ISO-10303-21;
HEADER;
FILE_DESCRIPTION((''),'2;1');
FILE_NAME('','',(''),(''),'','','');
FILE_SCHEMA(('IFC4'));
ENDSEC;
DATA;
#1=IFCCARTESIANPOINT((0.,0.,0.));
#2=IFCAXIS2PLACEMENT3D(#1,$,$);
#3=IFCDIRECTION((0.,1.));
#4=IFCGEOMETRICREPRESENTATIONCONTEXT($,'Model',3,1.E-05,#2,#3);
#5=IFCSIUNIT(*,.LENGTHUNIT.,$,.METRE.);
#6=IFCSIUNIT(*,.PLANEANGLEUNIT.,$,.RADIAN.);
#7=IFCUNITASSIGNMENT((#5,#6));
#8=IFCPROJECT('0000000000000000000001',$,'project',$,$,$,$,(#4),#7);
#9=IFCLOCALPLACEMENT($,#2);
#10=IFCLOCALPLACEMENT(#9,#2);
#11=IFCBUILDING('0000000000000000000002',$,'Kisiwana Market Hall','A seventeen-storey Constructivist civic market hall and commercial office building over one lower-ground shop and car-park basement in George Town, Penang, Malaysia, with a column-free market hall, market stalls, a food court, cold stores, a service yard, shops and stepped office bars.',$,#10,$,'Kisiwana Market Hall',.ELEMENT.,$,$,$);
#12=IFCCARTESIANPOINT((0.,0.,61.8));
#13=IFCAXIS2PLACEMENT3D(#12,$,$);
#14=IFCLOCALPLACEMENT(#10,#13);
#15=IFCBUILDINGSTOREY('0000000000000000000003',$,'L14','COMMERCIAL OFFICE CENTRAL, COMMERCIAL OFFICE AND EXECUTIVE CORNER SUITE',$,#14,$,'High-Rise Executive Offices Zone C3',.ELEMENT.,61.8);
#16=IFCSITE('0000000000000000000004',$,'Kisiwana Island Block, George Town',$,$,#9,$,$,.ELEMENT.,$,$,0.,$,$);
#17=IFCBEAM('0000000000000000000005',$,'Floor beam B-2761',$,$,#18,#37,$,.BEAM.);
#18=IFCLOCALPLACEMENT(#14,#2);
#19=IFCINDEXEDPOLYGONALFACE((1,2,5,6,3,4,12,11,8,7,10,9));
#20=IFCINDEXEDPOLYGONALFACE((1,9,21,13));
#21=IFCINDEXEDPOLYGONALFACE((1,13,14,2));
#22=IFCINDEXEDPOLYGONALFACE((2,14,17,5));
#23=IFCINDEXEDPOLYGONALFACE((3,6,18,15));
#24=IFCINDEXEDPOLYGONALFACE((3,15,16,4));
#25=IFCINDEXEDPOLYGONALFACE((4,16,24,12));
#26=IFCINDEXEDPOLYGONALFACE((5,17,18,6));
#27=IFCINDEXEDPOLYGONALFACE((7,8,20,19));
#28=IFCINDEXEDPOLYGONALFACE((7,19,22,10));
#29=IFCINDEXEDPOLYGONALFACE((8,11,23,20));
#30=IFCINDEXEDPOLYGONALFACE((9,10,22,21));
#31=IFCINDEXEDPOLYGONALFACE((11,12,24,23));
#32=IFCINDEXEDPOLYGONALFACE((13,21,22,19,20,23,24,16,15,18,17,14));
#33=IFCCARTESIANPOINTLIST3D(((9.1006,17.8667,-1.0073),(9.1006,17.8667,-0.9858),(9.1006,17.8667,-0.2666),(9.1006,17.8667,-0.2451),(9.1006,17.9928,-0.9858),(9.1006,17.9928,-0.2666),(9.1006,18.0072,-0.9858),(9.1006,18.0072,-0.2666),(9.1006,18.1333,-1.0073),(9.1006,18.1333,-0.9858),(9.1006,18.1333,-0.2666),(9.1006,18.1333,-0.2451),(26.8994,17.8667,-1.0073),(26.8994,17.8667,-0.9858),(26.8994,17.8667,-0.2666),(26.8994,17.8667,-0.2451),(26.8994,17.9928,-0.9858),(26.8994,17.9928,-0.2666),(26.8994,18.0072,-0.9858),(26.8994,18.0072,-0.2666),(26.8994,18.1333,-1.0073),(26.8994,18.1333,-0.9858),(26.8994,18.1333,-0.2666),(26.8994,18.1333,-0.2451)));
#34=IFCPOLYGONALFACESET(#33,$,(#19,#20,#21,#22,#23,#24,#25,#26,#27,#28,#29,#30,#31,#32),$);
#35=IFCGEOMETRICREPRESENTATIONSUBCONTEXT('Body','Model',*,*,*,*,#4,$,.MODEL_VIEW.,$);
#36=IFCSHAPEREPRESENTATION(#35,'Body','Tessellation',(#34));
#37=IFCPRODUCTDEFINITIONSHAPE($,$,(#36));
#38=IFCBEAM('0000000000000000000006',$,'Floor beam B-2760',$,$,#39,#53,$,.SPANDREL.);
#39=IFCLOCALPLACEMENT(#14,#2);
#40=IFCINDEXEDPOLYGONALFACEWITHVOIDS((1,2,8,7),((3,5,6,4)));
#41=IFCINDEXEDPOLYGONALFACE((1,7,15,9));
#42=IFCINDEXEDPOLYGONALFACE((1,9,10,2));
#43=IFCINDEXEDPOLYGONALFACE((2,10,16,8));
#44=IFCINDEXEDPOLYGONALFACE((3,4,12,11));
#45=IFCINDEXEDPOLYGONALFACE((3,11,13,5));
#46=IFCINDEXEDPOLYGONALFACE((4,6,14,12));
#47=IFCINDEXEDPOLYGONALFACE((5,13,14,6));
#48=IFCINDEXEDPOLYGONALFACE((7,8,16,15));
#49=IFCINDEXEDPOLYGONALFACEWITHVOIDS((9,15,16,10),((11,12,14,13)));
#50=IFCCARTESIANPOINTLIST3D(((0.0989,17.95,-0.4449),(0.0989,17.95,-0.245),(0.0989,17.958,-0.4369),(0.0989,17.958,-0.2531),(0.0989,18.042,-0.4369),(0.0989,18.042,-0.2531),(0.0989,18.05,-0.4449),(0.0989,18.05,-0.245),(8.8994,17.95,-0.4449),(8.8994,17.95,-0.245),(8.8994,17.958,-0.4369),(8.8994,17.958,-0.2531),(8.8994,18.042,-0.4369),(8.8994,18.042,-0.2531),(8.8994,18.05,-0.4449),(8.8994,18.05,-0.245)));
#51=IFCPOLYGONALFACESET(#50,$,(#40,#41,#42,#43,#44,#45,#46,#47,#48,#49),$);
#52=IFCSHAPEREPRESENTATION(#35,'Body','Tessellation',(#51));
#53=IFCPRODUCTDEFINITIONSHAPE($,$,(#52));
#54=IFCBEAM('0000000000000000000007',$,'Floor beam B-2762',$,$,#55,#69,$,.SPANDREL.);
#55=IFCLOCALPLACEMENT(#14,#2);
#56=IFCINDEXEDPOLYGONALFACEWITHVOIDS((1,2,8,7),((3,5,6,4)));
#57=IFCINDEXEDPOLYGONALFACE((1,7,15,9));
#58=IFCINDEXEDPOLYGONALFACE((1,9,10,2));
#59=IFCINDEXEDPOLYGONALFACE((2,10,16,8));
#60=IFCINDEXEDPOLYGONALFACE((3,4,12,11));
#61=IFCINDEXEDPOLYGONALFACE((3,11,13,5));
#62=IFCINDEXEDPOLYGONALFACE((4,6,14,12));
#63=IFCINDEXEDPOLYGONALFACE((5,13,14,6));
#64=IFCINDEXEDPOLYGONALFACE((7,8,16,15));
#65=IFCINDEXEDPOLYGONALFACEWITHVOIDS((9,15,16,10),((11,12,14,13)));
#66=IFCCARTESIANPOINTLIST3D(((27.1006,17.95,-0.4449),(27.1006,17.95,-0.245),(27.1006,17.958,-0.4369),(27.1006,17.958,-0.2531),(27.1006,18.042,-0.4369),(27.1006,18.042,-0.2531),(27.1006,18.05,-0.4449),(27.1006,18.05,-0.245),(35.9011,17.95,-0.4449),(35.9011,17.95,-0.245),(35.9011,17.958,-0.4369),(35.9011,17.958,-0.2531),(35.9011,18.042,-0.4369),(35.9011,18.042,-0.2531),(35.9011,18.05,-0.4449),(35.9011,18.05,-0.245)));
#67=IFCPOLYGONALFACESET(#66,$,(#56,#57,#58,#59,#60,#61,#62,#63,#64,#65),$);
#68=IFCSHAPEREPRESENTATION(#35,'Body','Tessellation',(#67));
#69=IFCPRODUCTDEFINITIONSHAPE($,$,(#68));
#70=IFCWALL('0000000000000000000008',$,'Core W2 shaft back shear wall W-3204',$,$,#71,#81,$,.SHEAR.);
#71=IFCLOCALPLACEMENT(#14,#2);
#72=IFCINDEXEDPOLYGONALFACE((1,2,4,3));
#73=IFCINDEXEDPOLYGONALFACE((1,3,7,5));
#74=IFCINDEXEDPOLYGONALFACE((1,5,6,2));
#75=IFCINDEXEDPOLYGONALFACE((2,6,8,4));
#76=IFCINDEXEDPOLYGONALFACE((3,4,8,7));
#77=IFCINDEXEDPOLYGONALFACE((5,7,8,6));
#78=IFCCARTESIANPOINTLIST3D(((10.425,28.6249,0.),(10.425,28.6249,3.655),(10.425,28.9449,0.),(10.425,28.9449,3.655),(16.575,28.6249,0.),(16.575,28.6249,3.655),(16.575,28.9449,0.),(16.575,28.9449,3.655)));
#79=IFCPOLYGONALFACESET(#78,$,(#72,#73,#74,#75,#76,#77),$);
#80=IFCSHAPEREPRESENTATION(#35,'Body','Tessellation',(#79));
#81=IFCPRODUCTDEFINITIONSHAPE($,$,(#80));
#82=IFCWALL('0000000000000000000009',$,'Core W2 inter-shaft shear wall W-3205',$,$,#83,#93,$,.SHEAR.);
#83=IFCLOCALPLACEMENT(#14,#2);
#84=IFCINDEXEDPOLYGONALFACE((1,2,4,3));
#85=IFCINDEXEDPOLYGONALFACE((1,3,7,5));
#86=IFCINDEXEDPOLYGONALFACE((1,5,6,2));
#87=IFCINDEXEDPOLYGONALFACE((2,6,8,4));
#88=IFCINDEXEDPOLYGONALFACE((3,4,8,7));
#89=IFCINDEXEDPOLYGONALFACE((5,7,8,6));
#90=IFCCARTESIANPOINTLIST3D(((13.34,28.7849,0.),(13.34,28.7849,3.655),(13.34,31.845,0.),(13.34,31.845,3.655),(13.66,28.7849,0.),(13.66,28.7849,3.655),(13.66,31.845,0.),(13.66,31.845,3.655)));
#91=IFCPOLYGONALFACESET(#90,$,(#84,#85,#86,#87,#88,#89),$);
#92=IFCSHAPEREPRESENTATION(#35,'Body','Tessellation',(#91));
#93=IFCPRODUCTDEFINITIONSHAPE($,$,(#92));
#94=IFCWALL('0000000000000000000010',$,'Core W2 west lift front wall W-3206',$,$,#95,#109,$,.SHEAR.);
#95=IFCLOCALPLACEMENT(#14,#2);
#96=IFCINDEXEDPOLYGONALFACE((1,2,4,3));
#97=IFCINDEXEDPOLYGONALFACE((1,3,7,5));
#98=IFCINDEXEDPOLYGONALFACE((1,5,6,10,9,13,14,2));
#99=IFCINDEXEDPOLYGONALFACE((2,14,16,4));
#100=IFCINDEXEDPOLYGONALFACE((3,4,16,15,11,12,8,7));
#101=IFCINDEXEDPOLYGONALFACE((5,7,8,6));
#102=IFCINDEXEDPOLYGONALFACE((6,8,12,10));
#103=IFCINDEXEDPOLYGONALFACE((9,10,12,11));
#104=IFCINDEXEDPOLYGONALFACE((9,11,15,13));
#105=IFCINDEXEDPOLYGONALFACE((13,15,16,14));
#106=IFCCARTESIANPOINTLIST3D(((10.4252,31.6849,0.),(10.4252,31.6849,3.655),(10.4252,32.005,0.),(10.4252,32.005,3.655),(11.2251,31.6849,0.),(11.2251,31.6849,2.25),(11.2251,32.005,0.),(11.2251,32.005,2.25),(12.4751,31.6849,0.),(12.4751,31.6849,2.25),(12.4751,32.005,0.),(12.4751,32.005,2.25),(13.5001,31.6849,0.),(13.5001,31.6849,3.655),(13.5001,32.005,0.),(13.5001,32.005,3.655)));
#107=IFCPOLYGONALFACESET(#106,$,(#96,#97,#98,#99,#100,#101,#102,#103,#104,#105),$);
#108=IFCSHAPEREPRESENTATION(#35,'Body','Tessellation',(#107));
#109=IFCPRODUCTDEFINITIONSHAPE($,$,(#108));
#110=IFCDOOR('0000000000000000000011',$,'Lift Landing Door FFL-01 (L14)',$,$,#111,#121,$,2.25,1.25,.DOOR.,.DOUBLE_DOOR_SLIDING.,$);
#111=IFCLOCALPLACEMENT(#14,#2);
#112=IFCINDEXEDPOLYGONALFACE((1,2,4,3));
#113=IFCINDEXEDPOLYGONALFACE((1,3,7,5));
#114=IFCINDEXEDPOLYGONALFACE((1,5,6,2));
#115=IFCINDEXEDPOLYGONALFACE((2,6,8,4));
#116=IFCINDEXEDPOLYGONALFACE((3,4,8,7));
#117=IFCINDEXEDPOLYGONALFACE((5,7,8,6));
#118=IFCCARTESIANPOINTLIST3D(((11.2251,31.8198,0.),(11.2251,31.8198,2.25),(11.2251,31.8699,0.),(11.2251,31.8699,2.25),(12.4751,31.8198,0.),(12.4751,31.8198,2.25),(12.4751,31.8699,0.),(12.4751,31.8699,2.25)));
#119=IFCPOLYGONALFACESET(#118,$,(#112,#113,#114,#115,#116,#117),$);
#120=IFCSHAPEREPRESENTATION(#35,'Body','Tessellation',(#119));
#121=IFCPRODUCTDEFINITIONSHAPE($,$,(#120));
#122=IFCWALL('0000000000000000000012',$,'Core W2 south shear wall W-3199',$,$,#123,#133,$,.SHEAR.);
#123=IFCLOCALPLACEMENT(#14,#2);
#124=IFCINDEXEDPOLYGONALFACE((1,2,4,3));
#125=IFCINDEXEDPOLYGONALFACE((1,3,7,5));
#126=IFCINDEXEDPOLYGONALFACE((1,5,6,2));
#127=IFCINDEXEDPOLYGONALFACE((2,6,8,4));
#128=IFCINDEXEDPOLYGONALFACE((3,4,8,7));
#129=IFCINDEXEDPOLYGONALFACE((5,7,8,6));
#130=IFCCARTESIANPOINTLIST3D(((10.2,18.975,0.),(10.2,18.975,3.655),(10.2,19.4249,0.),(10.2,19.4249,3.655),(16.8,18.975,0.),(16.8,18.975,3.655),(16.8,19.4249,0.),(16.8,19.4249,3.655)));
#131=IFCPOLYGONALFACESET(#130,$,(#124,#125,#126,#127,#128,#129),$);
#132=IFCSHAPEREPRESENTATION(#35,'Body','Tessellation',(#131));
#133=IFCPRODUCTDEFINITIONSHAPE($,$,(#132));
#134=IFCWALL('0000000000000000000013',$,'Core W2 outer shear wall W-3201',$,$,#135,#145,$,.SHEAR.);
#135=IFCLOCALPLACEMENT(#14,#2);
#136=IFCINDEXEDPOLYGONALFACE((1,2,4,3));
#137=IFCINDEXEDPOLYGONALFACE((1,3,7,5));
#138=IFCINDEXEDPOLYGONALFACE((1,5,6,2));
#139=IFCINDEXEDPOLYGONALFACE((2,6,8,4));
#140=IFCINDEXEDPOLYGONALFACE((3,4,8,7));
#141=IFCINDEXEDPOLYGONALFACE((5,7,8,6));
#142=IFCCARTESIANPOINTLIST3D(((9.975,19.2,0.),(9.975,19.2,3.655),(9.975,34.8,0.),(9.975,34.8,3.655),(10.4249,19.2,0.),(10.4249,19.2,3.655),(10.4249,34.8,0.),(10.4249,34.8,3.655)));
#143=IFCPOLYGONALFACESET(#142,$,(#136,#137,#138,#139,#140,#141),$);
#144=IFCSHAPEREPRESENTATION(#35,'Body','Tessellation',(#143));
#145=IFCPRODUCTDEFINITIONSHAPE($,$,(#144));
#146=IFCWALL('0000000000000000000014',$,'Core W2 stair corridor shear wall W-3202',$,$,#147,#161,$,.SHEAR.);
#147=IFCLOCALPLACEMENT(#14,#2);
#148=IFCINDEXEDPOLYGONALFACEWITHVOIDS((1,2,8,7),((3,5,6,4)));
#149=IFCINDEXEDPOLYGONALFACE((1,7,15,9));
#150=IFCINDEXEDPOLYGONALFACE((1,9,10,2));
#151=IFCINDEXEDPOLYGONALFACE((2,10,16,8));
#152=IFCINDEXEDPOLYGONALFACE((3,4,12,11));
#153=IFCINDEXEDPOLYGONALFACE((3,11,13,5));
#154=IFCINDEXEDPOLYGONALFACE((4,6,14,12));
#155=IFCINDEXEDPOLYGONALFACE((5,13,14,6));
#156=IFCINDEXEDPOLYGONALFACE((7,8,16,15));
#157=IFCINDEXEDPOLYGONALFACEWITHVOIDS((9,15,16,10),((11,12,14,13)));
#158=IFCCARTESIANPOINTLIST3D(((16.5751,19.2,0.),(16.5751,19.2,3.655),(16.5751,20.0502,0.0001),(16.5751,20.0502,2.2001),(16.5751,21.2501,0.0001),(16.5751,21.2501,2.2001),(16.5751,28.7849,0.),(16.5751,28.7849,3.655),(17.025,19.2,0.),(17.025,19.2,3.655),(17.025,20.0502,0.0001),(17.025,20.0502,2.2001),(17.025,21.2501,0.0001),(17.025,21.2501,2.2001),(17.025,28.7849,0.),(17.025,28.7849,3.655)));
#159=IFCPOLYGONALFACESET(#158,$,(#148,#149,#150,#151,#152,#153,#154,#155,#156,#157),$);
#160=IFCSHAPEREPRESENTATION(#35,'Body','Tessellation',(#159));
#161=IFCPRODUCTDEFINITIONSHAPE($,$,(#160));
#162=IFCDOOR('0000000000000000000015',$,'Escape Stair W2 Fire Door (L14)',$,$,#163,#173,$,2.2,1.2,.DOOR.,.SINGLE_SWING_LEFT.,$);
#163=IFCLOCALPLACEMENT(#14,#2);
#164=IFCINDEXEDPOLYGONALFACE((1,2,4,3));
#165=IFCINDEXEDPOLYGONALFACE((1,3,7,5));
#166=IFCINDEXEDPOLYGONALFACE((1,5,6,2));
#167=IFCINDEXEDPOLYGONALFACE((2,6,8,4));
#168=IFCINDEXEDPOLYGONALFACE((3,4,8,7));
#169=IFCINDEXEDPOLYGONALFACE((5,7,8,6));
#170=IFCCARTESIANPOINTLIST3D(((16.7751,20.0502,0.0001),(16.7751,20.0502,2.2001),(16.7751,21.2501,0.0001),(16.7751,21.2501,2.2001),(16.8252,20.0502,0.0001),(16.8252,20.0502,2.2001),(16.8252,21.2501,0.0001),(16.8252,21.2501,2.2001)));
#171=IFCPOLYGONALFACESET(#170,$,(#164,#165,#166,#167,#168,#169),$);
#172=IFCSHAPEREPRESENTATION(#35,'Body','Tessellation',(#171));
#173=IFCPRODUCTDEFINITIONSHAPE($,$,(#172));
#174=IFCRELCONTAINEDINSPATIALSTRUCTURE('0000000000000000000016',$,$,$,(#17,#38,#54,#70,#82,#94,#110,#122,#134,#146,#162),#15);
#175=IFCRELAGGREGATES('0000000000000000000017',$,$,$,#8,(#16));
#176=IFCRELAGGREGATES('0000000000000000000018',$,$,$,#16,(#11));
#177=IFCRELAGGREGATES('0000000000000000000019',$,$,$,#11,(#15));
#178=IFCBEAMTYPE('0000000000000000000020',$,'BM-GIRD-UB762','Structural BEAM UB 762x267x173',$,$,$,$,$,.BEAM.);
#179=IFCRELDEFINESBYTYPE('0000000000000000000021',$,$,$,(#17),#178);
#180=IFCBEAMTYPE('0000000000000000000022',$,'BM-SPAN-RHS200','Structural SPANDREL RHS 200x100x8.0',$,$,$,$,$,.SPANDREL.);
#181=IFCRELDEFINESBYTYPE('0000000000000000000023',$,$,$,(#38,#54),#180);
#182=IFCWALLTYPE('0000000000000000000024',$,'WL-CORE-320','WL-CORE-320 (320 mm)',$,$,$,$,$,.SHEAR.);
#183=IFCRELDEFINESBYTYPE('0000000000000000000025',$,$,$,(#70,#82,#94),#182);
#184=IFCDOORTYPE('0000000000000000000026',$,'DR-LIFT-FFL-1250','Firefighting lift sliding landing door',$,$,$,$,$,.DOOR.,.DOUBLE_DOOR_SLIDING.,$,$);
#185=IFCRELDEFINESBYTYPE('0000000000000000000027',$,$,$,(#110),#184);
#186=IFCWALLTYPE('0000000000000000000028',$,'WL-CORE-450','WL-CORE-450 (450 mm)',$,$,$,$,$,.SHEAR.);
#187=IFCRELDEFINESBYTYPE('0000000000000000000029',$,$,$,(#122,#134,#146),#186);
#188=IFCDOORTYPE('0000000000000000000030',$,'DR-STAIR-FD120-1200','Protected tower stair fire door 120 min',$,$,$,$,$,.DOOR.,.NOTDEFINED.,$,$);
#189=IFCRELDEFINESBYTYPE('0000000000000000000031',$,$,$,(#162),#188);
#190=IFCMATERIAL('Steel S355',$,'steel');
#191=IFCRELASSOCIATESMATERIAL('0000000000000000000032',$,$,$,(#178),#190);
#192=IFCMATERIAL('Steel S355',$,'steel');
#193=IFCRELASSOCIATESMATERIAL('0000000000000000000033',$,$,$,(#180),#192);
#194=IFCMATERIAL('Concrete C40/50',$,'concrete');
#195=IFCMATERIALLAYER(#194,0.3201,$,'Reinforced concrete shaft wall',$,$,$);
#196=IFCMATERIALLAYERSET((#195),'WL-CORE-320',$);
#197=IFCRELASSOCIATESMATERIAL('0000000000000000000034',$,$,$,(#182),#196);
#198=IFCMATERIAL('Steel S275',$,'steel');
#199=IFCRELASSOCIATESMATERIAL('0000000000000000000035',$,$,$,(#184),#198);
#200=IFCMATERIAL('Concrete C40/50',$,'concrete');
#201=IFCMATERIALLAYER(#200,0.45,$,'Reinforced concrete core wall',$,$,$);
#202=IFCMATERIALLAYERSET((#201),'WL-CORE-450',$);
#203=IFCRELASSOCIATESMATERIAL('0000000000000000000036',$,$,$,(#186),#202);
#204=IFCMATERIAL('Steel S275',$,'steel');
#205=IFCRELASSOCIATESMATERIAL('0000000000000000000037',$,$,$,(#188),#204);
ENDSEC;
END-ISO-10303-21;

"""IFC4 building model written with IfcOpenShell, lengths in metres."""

from ifc_helpers import new_model, si_unit, direction, frame, frame_2d, origin, origin_2d, place, context, subcontext, project, spatial, rectangle, hollow_rectangle, i_section, extrude, material, layer, layer_set, material_profile, profile_set, type_object, element, fill, save


model = new_model("IFC4")

# Units and contexts
model_context = context("Model", 3, precision=1e-05, world=origin(), true_north=direction((0.0, 1.0)))
body_context = subcontext(model_context, "Body", "Model", "MODEL_VIEW")
ifc_project = project(units=[si_unit("LENGTHUNIT", "METRE"), si_unit("PLANEANGLEUNIT", "RADIAN")], contexts=[model_context])

# Site, building, storey
site_placement = place(None, origin())
site = spatial("IfcSite", under=ifc_project, at=site_placement, Name="Kisiwana Island Block, George Town", CompositionType="ELEMENT", RefElevation=0.0)
building_placement = place(site_placement, origin())
building = spatial("IfcBuilding", under=site, at=building_placement, Name="Kisiwana Market Hall", Description="A seventeen-storey Constructivist civic market hall and commercial office building over one lower-ground shop and car-park basement in George Town, Penang, Malaysia, with a column-free market hall, market stalls, a food court, cold stores, a service yard, shops and stepped office bars.", LongName="Kisiwana Market Hall", CompositionType="ELEMENT")
storey_placement = place(building_placement, frame((0.0, 0.0, 61.8)))
storey = spatial("IfcBuildingStorey", under=building, at=storey_placement, Name="L14", Description="COMMERCIAL OFFICE CENTRAL, COMMERCIAL OFFICE AND EXECUTIVE CORNER SUITE", LongName="High-Rise Executive Offices Zone C3", CompositionType="ELEMENT", Elevation=61.8)

# Beams
ifc_material_1 = material(Name="Steel S355", Category="steel")
ifc_material_profile_1 = material_profile(ifc_material_1, i_section(OverallWidth=0.2666, OverallDepth=0.7622, WebThickness=0.0144, FlangeThickness=0.0215, at=origin_2d()), Name="UB 762x267x173")
ifc_profile_set_1 = profile_set([ifc_material_profile_1], Name="Steel S355")
beam_type_1 = type_object("IfcBeamType", Name="BM-GIRD-UB762", Description="Structural BEAM UB 762x267x173", PredefinedType="BEAM", material=ifc_profile_set_1)
beam_placement = place(storey_placement, frame((9.1006, 18.0, -0.6262), z_axis=(1.0, 0.0, 0.0), x_axis=(0.0, 1.0, 0.0)))
element("IfcBeam", 1, at=beam_placement, inside=storey, type_object=beam_type_1, Name="Floor beam B-2761", PredefinedType="BEAM", context=body_context, shape_type="SweptSolid", body=[
    extrude(i_section(OverallWidth=0.2666, OverallDepth=0.7622, WebThickness=0.0144, FlangeThickness=0.0215, at=origin_2d()), origin(), (0.0, 0.0, 1.0), 17.7988),
])
ifc_material_2 = material(Name="Steel S355", Category="steel")
ifc_material_profile_2 = material_profile(ifc_material_2, hollow_rectangle(XDim=0.1001, YDim=0.2, WallThickness=0.0081, at=origin_2d()), Name="RHS 200x100x8.0")
ifc_profile_set_2 = profile_set([ifc_material_profile_2], Name="Steel S355")
beam_type_2 = type_object("IfcBeamType", Name="BM-SPAN-RHS200", Description="Structural SPANDREL RHS 200x100x8.0", PredefinedType="SPANDREL", material=ifc_profile_set_2)
for number, where, z_axis, x_axis, name in (
    (2, (0.0989, 18.0, -0.345), (1.0, 0.0, 0.0), (0.0, 1.0, 0.0), "Floor beam B-2760"),
    (3, (27.1006, 18.0, -0.345), (1.0, 0.0, 0.0), (0.0, 1.0, 0.0), "Floor beam B-2762"),
):
    element("IfcBeam", number, at=place(storey_placement, frame(where, z_axis=z_axis, x_axis=x_axis)), inside=storey, type_object=beam_type_2, Name=name, PredefinedType="SPANDREL", context=body_context, shape_type="SweptSolid", body=[
        extrude(hollow_rectangle(XDim=0.1001, YDim=0.2, WallThickness=0.0081, at=origin_2d()), origin(), (0.0, 0.0, 1.0), 8.8005),
    ])

# Walls
ifc_material_3 = material(Name="Concrete C40/50", Category="concrete")
ifc_layer_1 = layer(ifc_material_3, 0.3201, Name="Reinforced concrete shaft wall")
ifc_layer_set_1 = layer_set([ifc_layer_1], Name="WL-CORE-320")
wall_type_1 = type_object("IfcWallType", Name="WL-CORE-320", Description="WL-CORE-320 (320 mm)", PredefinedType="SHEAR", material=ifc_layer_set_1)
wall_1_placement = place(storey_placement, frame((10.425, 28.7849, 0.0), z_axis=(0.0, 0.0, 1.0), x_axis=(1.0, 0.0, 0.0)))
element("IfcWall", 4, at=wall_1_placement, inside=storey, type_object=wall_type_1, Name="Core W2 shaft back shear wall W-3204", PredefinedType="SHEAR", context=body_context, shape_type="SweptSolid", body=[
    extrude(rectangle(XDim=6.1499, YDim=0.3201, at=frame_2d((3.075, 0.0))), origin(), (0.0, 0.0, 1.0), 3.655),
])
wall_2_placement = place(storey_placement, frame((13.5, 28.7849, 0.0), z_axis=(0.0, 0.0, 1.0), x_axis=(0.0, 1.0, 0.0)))
element("IfcWall", 5, at=wall_2_placement, inside=storey, type_object=wall_type_1, Name="Core W2 inter-shaft shear wall W-3205", PredefinedType="SHEAR", context=body_context, shape_type="SweptSolid", body=[
    extrude(rectangle(XDim=3.0601, YDim=0.3201, at=frame_2d((1.53, 0.0))), origin(), (0.0, 0.0, 1.0), 3.655),
])

# Wall, opening, door
wall_3_placement = place(storey_placement, frame((10.425, 31.845, 0.0), z_axis=(0.0, 0.0, 1.0), x_axis=(1.0, 0.0, 0.0)))
wall_3 = element("IfcWall", 6, at=wall_3_placement, inside=storey, type_object=wall_type_1, Name="Core W2 west lift front wall W-3206", PredefinedType="SHEAR", context=body_context, shape_type="SweptSolid", body=[
    extrude(rectangle(XDim=3.075, YDim=0.3201, at=frame_2d((1.5376, 0.0))), origin(), (0.0, 0.0, 1.0), 3.655),
])
opening_1_placement = place(wall_3_placement, frame((0.8, 0.0, 0.0)))
opening_1 = element("IfcOpeningElement", 7, at=opening_1_placement, cuts=wall_3, PredefinedType="OPENING", context=body_context, shape_type="SweptSolid", body=[
    extrude(rectangle(XDim=1.25, YDim=2.25, at=frame_2d((0.625, 1.125))), frame((0.0, 0.1719, 0.0), z_axis=(0.0, -1.0, 0.0), x_axis=(1.0, 0.0, 0.0)), (0.0, 0.0, 1.0), 0.344),
])
ifc_material_4 = material(Name="Steel S275", Category="steel")
door_type_1 = type_object("IfcDoorType", Name="DR-LIFT-FFL-1250", Description="Firefighting lift sliding landing door", OperationType="DOUBLE_DOOR_SLIDING", PredefinedType="DOOR", material=ifc_material_4)
door_1_placement = place(opening_1_placement, origin())
door_1 = element("IfcDoor", 8, at=door_1_placement, inside=storey, type_object=door_type_1, Name="Lift Landing Door FFL-01 (L14)", OperationType="DOUBLE_DOOR_SLIDING", OverallHeight=2.25, OverallWidth=1.25, PredefinedType="DOOR", context=body_context, shape_type="SweptSolid", body=[
    extrude(rectangle(XDim=1.25, YDim=2.25, at=frame_2d((0.625, 1.125))), frame((0.0, 0.0249, 0.0), z_axis=(0.0, -1.0, 0.0), x_axis=(1.0, 0.0, 0.0)), (0.0, 0.0, 1.0), 0.05),
])
fill(opening_1, door_1)

# Walls
ifc_material_5 = material(Name="Concrete C40/50", Category="concrete")
ifc_layer_2 = layer(ifc_material_5, 0.45, Name="Reinforced concrete core wall")
ifc_layer_set_2 = layer_set([ifc_layer_2], Name="WL-CORE-450")
wall_type_2 = type_object("IfcWallType", Name="WL-CORE-450", Description="WL-CORE-450 (450 mm)", PredefinedType="SHEAR", material=ifc_layer_set_2)
wall_4_placement = place(storey_placement, frame((10.2, 19.2, 0.0), z_axis=(0.0, 0.0, 1.0), x_axis=(1.0, 0.0, 0.0)))
element("IfcWall", 9, at=wall_4_placement, inside=storey, type_object=wall_type_2, Name="Core W2 south shear wall W-3199", PredefinedType="SHEAR", context=body_context, shape_type="SweptSolid", body=[
    extrude(rectangle(XDim=6.6001, YDim=0.45, at=frame_2d((3.3, 0.0))), origin(), (0.0, 0.0, 1.0), 3.655),
])
wall_5_placement = place(storey_placement, frame((10.2, 19.2, 0.0), z_axis=(0.0, 0.0, 1.0), x_axis=(0.0, 1.0, 0.0)))
element("IfcWall", 10, at=wall_5_placement, inside=storey, type_object=wall_type_2, Name="Core W2 outer shear wall W-3201", PredefinedType="SHEAR", context=body_context, shape_type="SweptSolid", body=[
    extrude(rectangle(XDim=15.6001, YDim=0.45, at=frame_2d((7.8, 0.0))), origin(), (0.0, 0.0, 1.0), 3.655),
])

# Wall, opening, door
wall_6_placement = place(storey_placement, frame((16.8, 19.2, 0.0), z_axis=(0.0, 0.0, 1.0), x_axis=(0.0, 1.0, 0.0)))
wall_6 = element("IfcWall", 11, at=wall_6_placement, inside=storey, type_object=wall_type_2, Name="Core W2 stair corridor shear wall W-3202", PredefinedType="SHEAR", context=body_context, shape_type="SweptSolid", body=[
    extrude(rectangle(XDim=9.585, YDim=0.45, at=frame_2d((4.7925, 0.0))), origin(), (0.0, 0.0, 1.0), 3.655),
])
opening_2_placement = place(wall_6_placement, frame((0.8501, 0.0, 0.0)))
opening_2 = element("IfcOpeningElement", 12, at=opening_2_placement, cuts=wall_6, PredefinedType="OPENING", context=body_context, shape_type="SweptSolid", body=[
    extrude(rectangle(XDim=1.2, YDim=2.2, at=frame_2d((0.6001, 1.1001))), frame((0.0, 0.2368, 0.0), z_axis=(0.0, -1.0, 0.0), x_axis=(1.0, 0.0, 0.0)), (0.0, 0.0, 1.0), 0.4739),
])
ifc_material_6 = material(Name="Steel S275", Category="steel")
door_type_2 = type_object("IfcDoorType", Name="DR-STAIR-FD120-1200", Description="Protected tower stair fire door 120 min", OperationType="NOTDEFINED", PredefinedType="DOOR", material=ifc_material_6)
door_2_placement = place(opening_2_placement, origin())
door_2 = element("IfcDoor", 13, at=door_2_placement, inside=storey, type_object=door_type_2, Name="Escape Stair W2 Fire Door (L14)", OperationType="SINGLE_SWING_LEFT", OverallHeight=2.2, OverallWidth=1.2, PredefinedType="DOOR", context=body_context, shape_type="SweptSolid", body=[
    extrude(rectangle(XDim=1.2, YDim=2.2, at=frame_2d((0.6001, 1.1001))), frame((0.0, 0.0249, 0.0), z_axis=(0.0, -1.0, 0.0), x_axis=(1.0, 0.0, 0.0)), (0.0, 0.0, 1.0), 0.05),
])
fill(opening_2, door_2)

save(model, "model.ifc")
